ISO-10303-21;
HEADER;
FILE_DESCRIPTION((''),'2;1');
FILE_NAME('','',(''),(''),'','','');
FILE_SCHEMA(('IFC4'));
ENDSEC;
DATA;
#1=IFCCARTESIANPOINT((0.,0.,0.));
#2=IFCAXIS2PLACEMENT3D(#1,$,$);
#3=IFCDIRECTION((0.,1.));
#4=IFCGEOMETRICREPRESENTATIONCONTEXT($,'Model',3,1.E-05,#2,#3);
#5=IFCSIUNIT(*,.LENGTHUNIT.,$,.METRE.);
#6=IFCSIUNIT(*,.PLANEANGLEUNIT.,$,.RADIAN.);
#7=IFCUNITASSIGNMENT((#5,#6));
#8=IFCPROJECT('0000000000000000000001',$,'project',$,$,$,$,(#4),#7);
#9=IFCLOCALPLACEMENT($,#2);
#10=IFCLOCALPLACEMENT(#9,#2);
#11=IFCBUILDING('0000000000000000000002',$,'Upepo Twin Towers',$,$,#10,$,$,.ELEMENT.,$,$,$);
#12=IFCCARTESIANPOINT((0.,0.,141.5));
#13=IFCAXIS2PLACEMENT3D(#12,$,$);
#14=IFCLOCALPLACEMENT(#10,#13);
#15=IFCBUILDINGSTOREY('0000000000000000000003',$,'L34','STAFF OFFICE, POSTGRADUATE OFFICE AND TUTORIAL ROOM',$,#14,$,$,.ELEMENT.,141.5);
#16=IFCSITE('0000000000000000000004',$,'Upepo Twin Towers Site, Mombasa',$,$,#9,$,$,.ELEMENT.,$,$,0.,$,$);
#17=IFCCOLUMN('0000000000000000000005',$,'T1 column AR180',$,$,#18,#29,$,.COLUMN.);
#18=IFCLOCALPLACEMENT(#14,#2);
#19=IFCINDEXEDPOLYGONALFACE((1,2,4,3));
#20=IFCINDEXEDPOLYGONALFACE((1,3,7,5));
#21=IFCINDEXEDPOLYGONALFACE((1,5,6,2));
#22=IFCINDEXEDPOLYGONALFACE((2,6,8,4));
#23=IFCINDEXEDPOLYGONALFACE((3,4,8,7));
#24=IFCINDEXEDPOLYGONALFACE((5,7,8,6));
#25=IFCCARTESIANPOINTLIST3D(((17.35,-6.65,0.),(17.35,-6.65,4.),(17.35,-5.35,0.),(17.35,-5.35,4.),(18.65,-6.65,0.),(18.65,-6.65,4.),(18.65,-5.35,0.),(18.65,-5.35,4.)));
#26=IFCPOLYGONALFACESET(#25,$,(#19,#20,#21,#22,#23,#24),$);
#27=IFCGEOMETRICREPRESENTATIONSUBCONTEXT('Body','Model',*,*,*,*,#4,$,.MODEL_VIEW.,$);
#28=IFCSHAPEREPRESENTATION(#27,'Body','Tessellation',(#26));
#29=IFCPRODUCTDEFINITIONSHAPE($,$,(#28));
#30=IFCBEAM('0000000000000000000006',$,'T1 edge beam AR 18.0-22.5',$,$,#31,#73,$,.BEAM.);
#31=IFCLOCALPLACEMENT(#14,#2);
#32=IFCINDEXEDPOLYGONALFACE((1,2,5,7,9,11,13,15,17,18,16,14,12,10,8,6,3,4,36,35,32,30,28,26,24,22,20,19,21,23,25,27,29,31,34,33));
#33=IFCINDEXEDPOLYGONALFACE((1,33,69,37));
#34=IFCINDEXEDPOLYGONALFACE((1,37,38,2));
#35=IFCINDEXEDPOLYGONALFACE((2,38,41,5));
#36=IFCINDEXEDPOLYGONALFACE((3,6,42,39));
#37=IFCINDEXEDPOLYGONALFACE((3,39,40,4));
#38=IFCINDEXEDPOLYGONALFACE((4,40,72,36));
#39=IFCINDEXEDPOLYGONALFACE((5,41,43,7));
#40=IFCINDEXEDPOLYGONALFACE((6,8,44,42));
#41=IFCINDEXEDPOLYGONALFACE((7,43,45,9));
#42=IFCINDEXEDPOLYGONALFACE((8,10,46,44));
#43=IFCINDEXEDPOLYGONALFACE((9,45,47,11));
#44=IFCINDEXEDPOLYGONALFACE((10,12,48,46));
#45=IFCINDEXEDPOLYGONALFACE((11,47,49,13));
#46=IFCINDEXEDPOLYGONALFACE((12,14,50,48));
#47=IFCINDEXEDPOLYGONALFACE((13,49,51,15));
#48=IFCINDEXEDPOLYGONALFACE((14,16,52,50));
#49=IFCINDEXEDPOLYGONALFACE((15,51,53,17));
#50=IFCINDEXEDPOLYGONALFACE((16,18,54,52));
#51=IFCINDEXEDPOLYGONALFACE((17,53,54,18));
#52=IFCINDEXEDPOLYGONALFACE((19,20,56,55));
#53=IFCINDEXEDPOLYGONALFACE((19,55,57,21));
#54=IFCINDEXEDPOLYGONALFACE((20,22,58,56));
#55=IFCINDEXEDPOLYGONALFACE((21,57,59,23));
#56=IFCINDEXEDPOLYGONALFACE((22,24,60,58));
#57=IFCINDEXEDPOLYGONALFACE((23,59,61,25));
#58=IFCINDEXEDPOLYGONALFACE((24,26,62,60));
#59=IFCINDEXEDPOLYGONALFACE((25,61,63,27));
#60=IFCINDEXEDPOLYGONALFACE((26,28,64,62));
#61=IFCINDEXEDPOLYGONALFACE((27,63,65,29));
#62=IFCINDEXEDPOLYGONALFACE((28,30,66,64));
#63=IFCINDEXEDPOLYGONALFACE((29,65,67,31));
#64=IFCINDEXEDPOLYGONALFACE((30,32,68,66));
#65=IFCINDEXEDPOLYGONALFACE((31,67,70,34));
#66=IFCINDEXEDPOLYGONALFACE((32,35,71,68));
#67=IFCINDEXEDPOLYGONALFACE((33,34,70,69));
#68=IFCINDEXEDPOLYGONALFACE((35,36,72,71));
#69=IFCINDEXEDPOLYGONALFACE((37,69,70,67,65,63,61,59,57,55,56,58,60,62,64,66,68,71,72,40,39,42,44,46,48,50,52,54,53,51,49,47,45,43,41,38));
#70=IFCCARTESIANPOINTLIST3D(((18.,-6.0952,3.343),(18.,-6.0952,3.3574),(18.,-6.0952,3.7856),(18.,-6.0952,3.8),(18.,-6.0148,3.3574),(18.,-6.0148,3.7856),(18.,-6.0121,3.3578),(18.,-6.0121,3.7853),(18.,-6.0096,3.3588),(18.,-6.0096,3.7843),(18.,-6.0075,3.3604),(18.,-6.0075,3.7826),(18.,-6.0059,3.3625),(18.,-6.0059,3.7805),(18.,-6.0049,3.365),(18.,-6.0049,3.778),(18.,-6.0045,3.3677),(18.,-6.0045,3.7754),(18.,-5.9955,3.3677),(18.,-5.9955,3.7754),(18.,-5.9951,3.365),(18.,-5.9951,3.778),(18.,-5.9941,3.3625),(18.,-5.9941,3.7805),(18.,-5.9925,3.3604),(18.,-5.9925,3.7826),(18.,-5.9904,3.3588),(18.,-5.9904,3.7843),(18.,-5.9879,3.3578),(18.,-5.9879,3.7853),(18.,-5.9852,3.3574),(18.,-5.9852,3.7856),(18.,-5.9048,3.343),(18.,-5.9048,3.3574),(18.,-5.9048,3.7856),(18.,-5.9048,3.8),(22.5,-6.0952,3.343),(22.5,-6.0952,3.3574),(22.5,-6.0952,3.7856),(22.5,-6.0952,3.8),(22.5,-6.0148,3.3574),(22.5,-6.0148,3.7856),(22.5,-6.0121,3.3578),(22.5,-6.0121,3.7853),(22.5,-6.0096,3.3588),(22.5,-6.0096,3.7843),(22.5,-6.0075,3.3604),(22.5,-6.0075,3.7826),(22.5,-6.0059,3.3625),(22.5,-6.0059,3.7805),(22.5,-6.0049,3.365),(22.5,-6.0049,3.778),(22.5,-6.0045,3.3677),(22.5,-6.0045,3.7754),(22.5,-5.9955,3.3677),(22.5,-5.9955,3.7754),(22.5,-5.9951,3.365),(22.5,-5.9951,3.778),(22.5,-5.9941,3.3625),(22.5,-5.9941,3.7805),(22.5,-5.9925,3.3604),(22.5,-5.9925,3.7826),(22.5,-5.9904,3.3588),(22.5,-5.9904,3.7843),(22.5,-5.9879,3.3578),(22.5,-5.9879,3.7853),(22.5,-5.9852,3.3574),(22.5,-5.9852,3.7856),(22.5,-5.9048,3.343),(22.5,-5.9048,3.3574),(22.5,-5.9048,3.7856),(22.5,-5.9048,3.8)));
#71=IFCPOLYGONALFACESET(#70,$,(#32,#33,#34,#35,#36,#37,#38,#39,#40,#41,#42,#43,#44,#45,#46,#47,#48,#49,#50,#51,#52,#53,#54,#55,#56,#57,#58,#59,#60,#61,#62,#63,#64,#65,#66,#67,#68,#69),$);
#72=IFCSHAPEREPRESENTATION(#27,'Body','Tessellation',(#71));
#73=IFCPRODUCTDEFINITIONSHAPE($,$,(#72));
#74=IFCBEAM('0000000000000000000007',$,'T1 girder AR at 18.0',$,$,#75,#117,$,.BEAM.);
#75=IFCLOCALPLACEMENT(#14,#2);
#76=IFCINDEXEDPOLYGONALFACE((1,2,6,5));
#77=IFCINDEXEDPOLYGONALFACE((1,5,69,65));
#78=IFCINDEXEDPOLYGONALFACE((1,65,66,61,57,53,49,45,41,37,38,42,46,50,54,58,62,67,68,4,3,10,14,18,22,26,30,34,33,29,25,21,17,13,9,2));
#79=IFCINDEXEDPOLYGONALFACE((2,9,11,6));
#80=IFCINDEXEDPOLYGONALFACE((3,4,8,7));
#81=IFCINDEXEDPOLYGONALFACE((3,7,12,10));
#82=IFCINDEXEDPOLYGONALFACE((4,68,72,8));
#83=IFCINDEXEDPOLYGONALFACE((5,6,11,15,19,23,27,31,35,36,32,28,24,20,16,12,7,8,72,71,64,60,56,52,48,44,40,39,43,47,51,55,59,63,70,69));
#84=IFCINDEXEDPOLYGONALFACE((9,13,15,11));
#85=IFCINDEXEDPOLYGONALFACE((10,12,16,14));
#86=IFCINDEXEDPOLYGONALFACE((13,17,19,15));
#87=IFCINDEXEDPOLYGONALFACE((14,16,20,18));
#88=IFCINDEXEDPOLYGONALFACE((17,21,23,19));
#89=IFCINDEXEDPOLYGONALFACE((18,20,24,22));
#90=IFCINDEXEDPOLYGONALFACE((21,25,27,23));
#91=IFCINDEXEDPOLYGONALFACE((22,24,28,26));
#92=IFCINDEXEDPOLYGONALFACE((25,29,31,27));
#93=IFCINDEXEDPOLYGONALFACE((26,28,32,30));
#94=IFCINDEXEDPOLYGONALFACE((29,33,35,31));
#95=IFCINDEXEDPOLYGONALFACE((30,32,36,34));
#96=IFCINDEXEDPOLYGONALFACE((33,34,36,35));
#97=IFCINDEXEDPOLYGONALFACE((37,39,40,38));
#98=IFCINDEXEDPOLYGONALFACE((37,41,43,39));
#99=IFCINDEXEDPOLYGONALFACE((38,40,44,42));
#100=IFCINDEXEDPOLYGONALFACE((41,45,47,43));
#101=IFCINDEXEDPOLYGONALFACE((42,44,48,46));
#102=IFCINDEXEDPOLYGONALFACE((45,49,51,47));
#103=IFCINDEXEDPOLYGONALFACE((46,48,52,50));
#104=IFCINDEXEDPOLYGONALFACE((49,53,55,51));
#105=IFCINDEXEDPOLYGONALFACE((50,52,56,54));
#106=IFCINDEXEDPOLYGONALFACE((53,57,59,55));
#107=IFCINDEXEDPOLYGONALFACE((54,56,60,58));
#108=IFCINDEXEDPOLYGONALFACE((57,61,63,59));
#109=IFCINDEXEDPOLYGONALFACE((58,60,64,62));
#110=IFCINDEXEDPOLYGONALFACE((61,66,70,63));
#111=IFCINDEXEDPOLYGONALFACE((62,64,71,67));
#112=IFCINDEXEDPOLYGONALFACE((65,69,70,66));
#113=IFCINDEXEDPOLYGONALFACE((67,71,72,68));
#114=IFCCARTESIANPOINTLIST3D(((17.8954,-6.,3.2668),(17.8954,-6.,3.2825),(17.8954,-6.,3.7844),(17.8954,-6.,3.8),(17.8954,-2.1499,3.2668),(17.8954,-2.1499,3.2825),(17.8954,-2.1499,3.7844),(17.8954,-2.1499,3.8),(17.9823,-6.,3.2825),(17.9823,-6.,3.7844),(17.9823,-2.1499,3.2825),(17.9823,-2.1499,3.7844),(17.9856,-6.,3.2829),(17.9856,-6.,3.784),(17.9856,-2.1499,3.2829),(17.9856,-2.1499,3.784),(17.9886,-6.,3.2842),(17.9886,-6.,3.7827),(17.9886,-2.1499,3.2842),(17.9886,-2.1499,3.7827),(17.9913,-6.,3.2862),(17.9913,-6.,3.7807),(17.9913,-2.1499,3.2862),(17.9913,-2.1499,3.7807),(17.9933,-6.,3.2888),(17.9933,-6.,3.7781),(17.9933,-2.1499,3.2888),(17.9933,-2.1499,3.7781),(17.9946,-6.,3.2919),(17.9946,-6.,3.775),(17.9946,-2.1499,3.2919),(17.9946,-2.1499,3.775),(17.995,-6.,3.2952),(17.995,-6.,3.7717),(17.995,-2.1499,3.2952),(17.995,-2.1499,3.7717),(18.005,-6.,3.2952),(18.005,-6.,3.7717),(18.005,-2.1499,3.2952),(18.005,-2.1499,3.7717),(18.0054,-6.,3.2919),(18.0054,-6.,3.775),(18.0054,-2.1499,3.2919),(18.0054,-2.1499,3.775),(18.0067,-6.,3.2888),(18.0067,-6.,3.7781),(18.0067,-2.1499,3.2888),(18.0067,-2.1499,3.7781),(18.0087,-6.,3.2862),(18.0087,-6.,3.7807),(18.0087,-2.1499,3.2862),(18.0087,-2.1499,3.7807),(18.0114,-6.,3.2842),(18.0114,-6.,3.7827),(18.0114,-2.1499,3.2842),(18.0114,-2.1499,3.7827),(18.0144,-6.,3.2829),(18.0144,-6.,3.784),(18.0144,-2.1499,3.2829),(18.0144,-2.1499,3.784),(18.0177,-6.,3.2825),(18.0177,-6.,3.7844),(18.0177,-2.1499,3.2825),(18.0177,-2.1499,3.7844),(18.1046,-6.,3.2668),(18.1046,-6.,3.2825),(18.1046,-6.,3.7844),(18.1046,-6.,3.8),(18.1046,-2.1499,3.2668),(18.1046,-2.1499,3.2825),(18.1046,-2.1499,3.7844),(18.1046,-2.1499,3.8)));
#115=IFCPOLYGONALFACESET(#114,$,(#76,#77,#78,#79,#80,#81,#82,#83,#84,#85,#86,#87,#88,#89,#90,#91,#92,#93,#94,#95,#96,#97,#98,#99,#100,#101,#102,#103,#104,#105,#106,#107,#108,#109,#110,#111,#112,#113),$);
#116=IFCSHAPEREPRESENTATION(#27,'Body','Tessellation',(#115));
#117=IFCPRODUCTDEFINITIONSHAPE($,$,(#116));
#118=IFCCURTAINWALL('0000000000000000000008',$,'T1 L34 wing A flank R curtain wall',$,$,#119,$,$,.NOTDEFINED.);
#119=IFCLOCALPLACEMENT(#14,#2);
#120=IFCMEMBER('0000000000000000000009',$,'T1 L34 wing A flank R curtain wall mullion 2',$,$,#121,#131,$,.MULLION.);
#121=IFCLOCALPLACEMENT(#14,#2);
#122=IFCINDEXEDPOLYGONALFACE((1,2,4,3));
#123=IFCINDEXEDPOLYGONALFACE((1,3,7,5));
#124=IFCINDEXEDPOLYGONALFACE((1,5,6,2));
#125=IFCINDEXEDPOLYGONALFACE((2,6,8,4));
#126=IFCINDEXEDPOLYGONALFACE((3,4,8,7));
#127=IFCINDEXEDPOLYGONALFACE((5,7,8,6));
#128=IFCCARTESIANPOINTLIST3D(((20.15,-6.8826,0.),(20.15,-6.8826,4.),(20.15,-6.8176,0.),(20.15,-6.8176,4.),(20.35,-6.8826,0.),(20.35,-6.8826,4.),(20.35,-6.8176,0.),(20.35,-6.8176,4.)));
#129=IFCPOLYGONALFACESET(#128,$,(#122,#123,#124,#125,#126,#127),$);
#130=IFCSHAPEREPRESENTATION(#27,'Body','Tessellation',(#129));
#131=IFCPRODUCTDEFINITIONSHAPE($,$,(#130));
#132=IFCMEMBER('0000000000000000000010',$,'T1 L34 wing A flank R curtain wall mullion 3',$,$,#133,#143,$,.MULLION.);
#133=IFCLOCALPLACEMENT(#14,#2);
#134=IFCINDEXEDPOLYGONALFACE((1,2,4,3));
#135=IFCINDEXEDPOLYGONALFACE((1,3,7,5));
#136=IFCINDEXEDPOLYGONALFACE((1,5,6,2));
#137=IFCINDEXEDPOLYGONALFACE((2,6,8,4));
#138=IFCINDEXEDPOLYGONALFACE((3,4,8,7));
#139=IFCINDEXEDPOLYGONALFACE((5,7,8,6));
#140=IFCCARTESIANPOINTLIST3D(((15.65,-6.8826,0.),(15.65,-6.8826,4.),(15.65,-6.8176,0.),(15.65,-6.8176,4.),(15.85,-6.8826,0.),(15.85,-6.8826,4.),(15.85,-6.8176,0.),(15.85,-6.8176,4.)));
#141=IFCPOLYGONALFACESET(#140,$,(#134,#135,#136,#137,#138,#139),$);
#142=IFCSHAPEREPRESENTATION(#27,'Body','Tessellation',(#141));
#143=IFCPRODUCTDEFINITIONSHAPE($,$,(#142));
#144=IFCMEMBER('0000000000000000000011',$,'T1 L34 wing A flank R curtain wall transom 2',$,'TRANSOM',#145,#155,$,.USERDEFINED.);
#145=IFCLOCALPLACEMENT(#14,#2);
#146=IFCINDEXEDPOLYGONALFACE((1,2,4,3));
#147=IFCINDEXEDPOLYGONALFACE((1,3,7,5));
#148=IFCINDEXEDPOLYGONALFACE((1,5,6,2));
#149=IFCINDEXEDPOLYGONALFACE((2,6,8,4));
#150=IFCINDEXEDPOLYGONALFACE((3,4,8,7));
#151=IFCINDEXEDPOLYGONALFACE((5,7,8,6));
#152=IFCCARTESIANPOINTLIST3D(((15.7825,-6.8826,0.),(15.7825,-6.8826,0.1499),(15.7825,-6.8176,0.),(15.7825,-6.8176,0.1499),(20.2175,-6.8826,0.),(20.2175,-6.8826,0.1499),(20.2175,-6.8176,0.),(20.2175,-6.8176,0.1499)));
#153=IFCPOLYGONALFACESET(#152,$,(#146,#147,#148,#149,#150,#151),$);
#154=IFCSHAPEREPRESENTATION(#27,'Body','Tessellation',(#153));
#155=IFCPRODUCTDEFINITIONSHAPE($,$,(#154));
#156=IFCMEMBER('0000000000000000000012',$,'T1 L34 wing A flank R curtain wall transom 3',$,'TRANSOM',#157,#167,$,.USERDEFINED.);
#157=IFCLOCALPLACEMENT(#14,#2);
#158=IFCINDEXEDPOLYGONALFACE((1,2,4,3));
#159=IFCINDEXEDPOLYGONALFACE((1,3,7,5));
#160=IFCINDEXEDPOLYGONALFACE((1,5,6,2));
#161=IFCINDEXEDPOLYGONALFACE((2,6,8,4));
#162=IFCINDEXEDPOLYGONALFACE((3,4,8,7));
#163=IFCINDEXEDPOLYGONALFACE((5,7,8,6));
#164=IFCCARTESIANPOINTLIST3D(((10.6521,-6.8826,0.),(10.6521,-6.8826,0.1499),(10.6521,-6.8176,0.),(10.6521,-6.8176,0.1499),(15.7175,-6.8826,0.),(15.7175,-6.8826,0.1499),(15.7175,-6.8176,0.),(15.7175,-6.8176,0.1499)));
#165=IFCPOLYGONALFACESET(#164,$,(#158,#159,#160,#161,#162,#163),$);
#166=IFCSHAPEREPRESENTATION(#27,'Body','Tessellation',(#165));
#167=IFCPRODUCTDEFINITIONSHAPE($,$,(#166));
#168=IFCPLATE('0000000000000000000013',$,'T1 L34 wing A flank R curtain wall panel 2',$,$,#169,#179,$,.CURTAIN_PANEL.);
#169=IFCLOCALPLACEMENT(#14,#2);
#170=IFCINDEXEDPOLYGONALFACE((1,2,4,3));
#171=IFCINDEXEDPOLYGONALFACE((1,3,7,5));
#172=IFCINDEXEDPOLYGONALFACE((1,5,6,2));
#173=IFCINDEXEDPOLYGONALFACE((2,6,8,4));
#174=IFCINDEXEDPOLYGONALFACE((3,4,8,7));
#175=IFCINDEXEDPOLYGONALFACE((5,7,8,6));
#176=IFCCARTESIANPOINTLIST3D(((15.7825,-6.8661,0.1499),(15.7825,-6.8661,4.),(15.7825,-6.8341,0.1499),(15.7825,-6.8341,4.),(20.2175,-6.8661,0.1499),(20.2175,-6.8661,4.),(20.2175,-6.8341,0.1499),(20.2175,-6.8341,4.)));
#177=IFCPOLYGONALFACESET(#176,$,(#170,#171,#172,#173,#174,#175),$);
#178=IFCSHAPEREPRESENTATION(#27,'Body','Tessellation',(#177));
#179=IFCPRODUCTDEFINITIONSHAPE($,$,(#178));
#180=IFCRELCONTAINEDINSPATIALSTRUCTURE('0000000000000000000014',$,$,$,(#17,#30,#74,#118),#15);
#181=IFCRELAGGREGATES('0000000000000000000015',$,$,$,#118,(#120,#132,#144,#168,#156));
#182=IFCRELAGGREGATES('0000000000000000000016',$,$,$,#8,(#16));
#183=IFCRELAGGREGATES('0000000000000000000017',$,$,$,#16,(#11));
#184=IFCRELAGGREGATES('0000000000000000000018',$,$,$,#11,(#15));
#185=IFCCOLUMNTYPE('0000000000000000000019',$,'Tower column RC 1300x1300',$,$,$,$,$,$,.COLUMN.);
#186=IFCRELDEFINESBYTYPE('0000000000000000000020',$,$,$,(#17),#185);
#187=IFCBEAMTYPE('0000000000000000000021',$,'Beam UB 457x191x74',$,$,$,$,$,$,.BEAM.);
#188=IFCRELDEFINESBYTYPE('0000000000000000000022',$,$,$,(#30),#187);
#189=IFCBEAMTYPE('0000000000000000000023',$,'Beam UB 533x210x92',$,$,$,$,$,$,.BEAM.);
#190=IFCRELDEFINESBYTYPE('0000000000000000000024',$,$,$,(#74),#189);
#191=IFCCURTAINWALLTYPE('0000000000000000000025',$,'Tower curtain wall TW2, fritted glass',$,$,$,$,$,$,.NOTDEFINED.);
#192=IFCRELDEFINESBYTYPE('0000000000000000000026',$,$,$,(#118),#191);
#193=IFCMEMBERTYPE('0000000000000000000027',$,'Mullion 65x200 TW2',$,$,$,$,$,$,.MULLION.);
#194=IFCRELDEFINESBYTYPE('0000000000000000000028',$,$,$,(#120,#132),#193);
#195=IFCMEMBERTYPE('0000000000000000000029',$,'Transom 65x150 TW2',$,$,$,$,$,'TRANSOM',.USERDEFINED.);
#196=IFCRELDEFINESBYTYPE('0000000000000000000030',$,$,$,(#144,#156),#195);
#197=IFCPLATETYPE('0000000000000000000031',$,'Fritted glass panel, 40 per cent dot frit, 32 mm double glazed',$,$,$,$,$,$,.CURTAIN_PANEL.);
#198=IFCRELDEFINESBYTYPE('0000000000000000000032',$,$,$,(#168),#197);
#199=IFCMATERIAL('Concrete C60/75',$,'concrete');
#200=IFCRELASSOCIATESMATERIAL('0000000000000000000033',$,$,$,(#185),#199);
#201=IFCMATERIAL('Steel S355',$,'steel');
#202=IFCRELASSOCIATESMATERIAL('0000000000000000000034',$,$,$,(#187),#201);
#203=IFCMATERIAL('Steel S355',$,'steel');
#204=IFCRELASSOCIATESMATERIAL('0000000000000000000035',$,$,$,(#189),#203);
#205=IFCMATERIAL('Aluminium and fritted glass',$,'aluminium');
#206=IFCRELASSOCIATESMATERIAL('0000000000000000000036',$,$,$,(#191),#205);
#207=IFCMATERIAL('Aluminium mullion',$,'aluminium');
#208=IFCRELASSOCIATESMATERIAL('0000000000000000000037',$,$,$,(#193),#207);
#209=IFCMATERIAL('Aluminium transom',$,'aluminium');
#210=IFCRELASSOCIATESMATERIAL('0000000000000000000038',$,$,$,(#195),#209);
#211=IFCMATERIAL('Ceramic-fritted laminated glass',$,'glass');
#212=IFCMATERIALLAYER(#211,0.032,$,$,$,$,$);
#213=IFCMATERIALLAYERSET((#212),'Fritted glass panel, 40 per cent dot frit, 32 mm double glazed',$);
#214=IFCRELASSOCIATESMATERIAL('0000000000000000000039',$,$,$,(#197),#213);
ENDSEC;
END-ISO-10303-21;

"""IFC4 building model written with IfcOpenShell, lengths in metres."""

from ifc_helpers import new_model, si_unit, direction, frame, origin, origin_2d, place, context, subcontext, project, spatial, rectangle, i_section, extrude, material, layer, layer_set, material_profile, profile_set, type_object, element, aggregate, save


model = new_model("IFC4")

# Units and contexts
model_context = context("Model", 3, precision=1e-05, world=origin(), true_north=direction((0.0, 1.0)))
body_context = subcontext(model_context, "Body", "Model", "MODEL_VIEW")
ifc_project = project(units=[si_unit("LENGTHUNIT", "METRE"), si_unit("PLANEANGLEUNIT", "RADIAN")], contexts=[model_context])

# Site, building, storey
site_placement = place(None, origin())
site = spatial("IfcSite", under=ifc_project, at=site_placement, Name="Upepo Twin Towers Site, Mombasa", CompositionType="ELEMENT", RefElevation=0.0)
building_placement = place(site_placement, origin())
building = spatial("IfcBuilding", under=site, at=building_placement, Name="Upepo Twin Towers", CompositionType="ELEMENT")
storey_placement = place(building_placement, frame((0.0, 0.0, 141.5)))
storey = spatial("IfcBuildingStorey", under=building, at=storey_placement, Name="L34", Description="STAFF OFFICE, POSTGRADUATE OFFICE AND TUTORIAL ROOM", CompositionType="ELEMENT", Elevation=141.5)

# Column
ifc_material_1 = material(Name="Concrete C60/75", Category="concrete")
ifc_material_profile_1 = material_profile(ifc_material_1, rectangle(XDim=1.3, YDim=1.3, at=origin_2d()), Name="RC 1300x1300")
ifc_profile_set_1 = profile_set([ifc_material_profile_1], Name="Concrete C60/75")
column_type = type_object("IfcColumnType", Name="Tower column RC 1300x1300", PredefinedType="COLUMN", material=ifc_profile_set_1)
column_placement = place(storey_placement, frame((18.0, -6.0, 0.0), z_axis=(0.0, 0.0, 1.0), x_axis=(1.0, 0.0, 0.0)))
element("IfcColumn", 1, at=column_placement, inside=storey, type_object=column_type, Name="T1 column AR180", PredefinedType="COLUMN", context=body_context, shape_type="SweptSolid", body=[
    extrude(rectangle(XDim=1.3, YDim=1.3, at=origin_2d()), origin(), (0.0, 0.0, 1.0), 4.0),
])

# Beams
ifc_material_2 = material(Name="Steel S355", Category="steel")
ifc_material_profile_2 = material_profile(ifc_material_2, i_section(OverallWidth=0.1904, OverallDepth=0.457, WebThickness=0.009, FlangeThickness=0.0144, FilletRadius=0.0103, at=origin_2d()), Name="UB 457x191x74")
ifc_profile_set_2 = profile_set([ifc_material_profile_2], Name="Steel S355")
beam_type_1 = type_object("IfcBeamType", Name="Beam UB 457x191x74", PredefinedType="BEAM", material=ifc_profile_set_2)
beam_1_placement = place(storey_placement, frame((18.0, -6.0, 3.5715), z_axis=(1.0, 0.0, 0.0), x_axis=(0.0, 1.0, 0.0)))
element("IfcBeam", 2, at=beam_1_placement, inside=storey, type_object=beam_type_1, Name="T1 edge beam AR 18.0-22.5", PredefinedType="BEAM", context=body_context, shape_type="SweptSolid", body=[
    extrude(i_section(OverallWidth=0.1904, OverallDepth=0.457, WebThickness=0.009, FlangeThickness=0.0144, FilletRadius=0.0103, at=origin_2d()), origin(), (0.0, 0.0, 1.0), 4.5),
])
ifc_material_3 = material(Name="Steel S355", Category="steel")
ifc_material_profile_3 = material_profile(ifc_material_3, i_section(OverallWidth=0.2092, OverallDepth=0.5332, WebThickness=0.01, FlangeThickness=0.0156, FilletRadius=0.0127, at=origin_2d()), Name="UB 533x210x92")
ifc_profile_set_3 = profile_set([ifc_material_profile_3], Name="Steel S355")
beam_type_2 = type_object("IfcBeamType", Name="Beam UB 533x210x92", PredefinedType="BEAM", material=ifc_profile_set_3)
beam_2_placement = place(storey_placement, frame((18.0, -6.0, 3.5334), z_axis=(0.0, 1.0, 0.0), x_axis=(-1.0, 0.0, 0.0)))
element("IfcBeam", 3, at=beam_2_placement, inside=storey, type_object=beam_type_2, Name="T1 girder AR at 18.0", PredefinedType="BEAM", context=body_context, shape_type="SweptSolid", body=[
    extrude(i_section(OverallWidth=0.2092, OverallDepth=0.5332, WebThickness=0.01, FlangeThickness=0.0156, FilletRadius=0.0127, at=origin_2d()), origin(), (0.0, 0.0, 1.0), 3.8501),
])

# Curtain wall, members, plate
ifc_material_4 = material(Name="Aluminium and fritted glass", Category="aluminium")
curtain_wall_type = type_object("IfcCurtainWallType", Name="Tower curtain wall TW2, fritted glass", PredefinedType="NOTDEFINED", material=ifc_material_4)
curtain_wall_placement = place(storey_placement, origin())
curtain_wall = element("IfcCurtainWall", 4, at=curtain_wall_placement, inside=storey, type_object=curtain_wall_type, Name="T1 L34 wing A flank R curtain wall", PredefinedType="NOTDEFINED")
ifc_material_5 = material(Name="Aluminium mullion", Category="aluminium")
ifc_material_profile_4 = material_profile(ifc_material_5, rectangle(XDim=0.0649, YDim=0.2, at=origin_2d()), Name="MULLION 65x200")
ifc_profile_set_4 = profile_set([ifc_material_profile_4], Name="Aluminium mullion")
member_type_1 = type_object("IfcMemberType", Name="Mullion 65x200 TW2", PredefinedType="MULLION", material=ifc_profile_set_4)
member_1_placement = place(storey_placement, frame((20.25, -6.8501, 0.0), z_axis=(0.0, 0.0, 1.0), x_axis=(0.0, -1.0, 0.0)))
member_1 = element("IfcMember", 5, at=member_1_placement, type_object=member_type_1, Name="T1 L34 wing A flank R curtain wall mullion 2", PredefinedType="MULLION", context=body_context, shape_type="SweptSolid", body=[
    extrude(rectangle(XDim=0.0649, YDim=0.2, at=origin_2d()), origin(), (0.0, 0.0, 1.0), 4.0),
])
member_2_placement = place(storey_placement, frame((15.75, -6.8501, 0.0), z_axis=(0.0, 0.0, 1.0), x_axis=(0.0, -1.0, 0.0)))
member_2 = element("IfcMember", 6, at=member_2_placement, type_object=member_type_1, Name="T1 L34 wing A flank R curtain wall mullion 3", PredefinedType="MULLION", context=body_context, shape_type="SweptSolid", body=[
    extrude(rectangle(XDim=0.0649, YDim=0.2, at=origin_2d()), origin(), (0.0, 0.0, 1.0), 4.0),
])
ifc_material_6 = material(Name="Aluminium transom", Category="aluminium")
ifc_material_profile_5 = material_profile(ifc_material_6, rectangle(XDim=0.0649, YDim=0.1499, at=origin_2d()), Name="TRANSOM 65x150")
ifc_profile_set_5 = profile_set([ifc_material_profile_5], Name="Aluminium transom")
member_type_2 = type_object("IfcMemberType", Name="Transom 65x150 TW2", ElementType="TRANSOM", PredefinedType="USERDEFINED", material=ifc_profile_set_5)
member_3_placement = place(storey_placement, frame((20.2175, -6.8501, 0.075), z_axis=(-1.0, 0.0, 0.0), x_axis=(0.0, -1.0, 0.0)))
member_3 = element("IfcMember", 7, at=member_3_placement, type_object=member_type_2, Name="T1 L34 wing A flank R curtain wall transom 2", ObjectType="TRANSOM", PredefinedType="USERDEFINED", context=body_context, shape_type="SweptSolid", body=[
    extrude(rectangle(XDim=0.0649, YDim=0.1499, at=origin_2d()), origin(), (0.0, 0.0, 1.0), 4.4351),
])
member_4_placement = place(storey_placement, frame((15.7175, -6.8501, 0.075), z_axis=(-1.0, 0.0, 0.0), x_axis=(0.0, -1.0, 0.0)))
member_4 = element("IfcMember", 8, at=member_4_placement, type_object=member_type_2, Name="T1 L34 wing A flank R curtain wall transom 3", ObjectType="TRANSOM", PredefinedType="USERDEFINED", context=body_context, shape_type="SweptSolid", body=[
    extrude(rectangle(XDim=0.0649, YDim=0.1499, at=origin_2d()), origin(), (0.0, 0.0, 1.0), 5.0654),
])
ifc_material_7 = material(Name="Ceramic-fritted laminated glass", Category="glass")
ifc_layer_1 = layer(ifc_material_7, 0.032)
ifc_layer_set_1 = layer_set([ifc_layer_1], Name="Fritted glass panel, 40 per cent dot frit, 32 mm double glazed")
plate_type = type_object("IfcPlateType", Name="Fritted glass panel, 40 per cent dot frit, 32 mm double glazed", PredefinedType="CURTAIN_PANEL", material=ifc_layer_set_1)
plate_placement = place(storey_placement, frame((18.0, -6.8501, 0.1499), z_axis=(0.0, 0.0, 1.0), x_axis=(-1.0, 0.0, 0.0)))
plate = element("IfcPlate", 9, at=plate_placement, type_object=plate_type, Name="T1 L34 wing A flank R curtain wall panel 2", PredefinedType="CURTAIN_PANEL", context=body_context, shape_type="SweptSolid", body=[
    extrude(rectangle(XDim=4.4351, YDim=0.032, at=origin_2d()), origin(), (0.0, 0.0, 1.0), 3.8501),
])
aggregate(curtain_wall, [member_1, member_2, member_3, plate, member_4])

save(model, "model.ifc")
